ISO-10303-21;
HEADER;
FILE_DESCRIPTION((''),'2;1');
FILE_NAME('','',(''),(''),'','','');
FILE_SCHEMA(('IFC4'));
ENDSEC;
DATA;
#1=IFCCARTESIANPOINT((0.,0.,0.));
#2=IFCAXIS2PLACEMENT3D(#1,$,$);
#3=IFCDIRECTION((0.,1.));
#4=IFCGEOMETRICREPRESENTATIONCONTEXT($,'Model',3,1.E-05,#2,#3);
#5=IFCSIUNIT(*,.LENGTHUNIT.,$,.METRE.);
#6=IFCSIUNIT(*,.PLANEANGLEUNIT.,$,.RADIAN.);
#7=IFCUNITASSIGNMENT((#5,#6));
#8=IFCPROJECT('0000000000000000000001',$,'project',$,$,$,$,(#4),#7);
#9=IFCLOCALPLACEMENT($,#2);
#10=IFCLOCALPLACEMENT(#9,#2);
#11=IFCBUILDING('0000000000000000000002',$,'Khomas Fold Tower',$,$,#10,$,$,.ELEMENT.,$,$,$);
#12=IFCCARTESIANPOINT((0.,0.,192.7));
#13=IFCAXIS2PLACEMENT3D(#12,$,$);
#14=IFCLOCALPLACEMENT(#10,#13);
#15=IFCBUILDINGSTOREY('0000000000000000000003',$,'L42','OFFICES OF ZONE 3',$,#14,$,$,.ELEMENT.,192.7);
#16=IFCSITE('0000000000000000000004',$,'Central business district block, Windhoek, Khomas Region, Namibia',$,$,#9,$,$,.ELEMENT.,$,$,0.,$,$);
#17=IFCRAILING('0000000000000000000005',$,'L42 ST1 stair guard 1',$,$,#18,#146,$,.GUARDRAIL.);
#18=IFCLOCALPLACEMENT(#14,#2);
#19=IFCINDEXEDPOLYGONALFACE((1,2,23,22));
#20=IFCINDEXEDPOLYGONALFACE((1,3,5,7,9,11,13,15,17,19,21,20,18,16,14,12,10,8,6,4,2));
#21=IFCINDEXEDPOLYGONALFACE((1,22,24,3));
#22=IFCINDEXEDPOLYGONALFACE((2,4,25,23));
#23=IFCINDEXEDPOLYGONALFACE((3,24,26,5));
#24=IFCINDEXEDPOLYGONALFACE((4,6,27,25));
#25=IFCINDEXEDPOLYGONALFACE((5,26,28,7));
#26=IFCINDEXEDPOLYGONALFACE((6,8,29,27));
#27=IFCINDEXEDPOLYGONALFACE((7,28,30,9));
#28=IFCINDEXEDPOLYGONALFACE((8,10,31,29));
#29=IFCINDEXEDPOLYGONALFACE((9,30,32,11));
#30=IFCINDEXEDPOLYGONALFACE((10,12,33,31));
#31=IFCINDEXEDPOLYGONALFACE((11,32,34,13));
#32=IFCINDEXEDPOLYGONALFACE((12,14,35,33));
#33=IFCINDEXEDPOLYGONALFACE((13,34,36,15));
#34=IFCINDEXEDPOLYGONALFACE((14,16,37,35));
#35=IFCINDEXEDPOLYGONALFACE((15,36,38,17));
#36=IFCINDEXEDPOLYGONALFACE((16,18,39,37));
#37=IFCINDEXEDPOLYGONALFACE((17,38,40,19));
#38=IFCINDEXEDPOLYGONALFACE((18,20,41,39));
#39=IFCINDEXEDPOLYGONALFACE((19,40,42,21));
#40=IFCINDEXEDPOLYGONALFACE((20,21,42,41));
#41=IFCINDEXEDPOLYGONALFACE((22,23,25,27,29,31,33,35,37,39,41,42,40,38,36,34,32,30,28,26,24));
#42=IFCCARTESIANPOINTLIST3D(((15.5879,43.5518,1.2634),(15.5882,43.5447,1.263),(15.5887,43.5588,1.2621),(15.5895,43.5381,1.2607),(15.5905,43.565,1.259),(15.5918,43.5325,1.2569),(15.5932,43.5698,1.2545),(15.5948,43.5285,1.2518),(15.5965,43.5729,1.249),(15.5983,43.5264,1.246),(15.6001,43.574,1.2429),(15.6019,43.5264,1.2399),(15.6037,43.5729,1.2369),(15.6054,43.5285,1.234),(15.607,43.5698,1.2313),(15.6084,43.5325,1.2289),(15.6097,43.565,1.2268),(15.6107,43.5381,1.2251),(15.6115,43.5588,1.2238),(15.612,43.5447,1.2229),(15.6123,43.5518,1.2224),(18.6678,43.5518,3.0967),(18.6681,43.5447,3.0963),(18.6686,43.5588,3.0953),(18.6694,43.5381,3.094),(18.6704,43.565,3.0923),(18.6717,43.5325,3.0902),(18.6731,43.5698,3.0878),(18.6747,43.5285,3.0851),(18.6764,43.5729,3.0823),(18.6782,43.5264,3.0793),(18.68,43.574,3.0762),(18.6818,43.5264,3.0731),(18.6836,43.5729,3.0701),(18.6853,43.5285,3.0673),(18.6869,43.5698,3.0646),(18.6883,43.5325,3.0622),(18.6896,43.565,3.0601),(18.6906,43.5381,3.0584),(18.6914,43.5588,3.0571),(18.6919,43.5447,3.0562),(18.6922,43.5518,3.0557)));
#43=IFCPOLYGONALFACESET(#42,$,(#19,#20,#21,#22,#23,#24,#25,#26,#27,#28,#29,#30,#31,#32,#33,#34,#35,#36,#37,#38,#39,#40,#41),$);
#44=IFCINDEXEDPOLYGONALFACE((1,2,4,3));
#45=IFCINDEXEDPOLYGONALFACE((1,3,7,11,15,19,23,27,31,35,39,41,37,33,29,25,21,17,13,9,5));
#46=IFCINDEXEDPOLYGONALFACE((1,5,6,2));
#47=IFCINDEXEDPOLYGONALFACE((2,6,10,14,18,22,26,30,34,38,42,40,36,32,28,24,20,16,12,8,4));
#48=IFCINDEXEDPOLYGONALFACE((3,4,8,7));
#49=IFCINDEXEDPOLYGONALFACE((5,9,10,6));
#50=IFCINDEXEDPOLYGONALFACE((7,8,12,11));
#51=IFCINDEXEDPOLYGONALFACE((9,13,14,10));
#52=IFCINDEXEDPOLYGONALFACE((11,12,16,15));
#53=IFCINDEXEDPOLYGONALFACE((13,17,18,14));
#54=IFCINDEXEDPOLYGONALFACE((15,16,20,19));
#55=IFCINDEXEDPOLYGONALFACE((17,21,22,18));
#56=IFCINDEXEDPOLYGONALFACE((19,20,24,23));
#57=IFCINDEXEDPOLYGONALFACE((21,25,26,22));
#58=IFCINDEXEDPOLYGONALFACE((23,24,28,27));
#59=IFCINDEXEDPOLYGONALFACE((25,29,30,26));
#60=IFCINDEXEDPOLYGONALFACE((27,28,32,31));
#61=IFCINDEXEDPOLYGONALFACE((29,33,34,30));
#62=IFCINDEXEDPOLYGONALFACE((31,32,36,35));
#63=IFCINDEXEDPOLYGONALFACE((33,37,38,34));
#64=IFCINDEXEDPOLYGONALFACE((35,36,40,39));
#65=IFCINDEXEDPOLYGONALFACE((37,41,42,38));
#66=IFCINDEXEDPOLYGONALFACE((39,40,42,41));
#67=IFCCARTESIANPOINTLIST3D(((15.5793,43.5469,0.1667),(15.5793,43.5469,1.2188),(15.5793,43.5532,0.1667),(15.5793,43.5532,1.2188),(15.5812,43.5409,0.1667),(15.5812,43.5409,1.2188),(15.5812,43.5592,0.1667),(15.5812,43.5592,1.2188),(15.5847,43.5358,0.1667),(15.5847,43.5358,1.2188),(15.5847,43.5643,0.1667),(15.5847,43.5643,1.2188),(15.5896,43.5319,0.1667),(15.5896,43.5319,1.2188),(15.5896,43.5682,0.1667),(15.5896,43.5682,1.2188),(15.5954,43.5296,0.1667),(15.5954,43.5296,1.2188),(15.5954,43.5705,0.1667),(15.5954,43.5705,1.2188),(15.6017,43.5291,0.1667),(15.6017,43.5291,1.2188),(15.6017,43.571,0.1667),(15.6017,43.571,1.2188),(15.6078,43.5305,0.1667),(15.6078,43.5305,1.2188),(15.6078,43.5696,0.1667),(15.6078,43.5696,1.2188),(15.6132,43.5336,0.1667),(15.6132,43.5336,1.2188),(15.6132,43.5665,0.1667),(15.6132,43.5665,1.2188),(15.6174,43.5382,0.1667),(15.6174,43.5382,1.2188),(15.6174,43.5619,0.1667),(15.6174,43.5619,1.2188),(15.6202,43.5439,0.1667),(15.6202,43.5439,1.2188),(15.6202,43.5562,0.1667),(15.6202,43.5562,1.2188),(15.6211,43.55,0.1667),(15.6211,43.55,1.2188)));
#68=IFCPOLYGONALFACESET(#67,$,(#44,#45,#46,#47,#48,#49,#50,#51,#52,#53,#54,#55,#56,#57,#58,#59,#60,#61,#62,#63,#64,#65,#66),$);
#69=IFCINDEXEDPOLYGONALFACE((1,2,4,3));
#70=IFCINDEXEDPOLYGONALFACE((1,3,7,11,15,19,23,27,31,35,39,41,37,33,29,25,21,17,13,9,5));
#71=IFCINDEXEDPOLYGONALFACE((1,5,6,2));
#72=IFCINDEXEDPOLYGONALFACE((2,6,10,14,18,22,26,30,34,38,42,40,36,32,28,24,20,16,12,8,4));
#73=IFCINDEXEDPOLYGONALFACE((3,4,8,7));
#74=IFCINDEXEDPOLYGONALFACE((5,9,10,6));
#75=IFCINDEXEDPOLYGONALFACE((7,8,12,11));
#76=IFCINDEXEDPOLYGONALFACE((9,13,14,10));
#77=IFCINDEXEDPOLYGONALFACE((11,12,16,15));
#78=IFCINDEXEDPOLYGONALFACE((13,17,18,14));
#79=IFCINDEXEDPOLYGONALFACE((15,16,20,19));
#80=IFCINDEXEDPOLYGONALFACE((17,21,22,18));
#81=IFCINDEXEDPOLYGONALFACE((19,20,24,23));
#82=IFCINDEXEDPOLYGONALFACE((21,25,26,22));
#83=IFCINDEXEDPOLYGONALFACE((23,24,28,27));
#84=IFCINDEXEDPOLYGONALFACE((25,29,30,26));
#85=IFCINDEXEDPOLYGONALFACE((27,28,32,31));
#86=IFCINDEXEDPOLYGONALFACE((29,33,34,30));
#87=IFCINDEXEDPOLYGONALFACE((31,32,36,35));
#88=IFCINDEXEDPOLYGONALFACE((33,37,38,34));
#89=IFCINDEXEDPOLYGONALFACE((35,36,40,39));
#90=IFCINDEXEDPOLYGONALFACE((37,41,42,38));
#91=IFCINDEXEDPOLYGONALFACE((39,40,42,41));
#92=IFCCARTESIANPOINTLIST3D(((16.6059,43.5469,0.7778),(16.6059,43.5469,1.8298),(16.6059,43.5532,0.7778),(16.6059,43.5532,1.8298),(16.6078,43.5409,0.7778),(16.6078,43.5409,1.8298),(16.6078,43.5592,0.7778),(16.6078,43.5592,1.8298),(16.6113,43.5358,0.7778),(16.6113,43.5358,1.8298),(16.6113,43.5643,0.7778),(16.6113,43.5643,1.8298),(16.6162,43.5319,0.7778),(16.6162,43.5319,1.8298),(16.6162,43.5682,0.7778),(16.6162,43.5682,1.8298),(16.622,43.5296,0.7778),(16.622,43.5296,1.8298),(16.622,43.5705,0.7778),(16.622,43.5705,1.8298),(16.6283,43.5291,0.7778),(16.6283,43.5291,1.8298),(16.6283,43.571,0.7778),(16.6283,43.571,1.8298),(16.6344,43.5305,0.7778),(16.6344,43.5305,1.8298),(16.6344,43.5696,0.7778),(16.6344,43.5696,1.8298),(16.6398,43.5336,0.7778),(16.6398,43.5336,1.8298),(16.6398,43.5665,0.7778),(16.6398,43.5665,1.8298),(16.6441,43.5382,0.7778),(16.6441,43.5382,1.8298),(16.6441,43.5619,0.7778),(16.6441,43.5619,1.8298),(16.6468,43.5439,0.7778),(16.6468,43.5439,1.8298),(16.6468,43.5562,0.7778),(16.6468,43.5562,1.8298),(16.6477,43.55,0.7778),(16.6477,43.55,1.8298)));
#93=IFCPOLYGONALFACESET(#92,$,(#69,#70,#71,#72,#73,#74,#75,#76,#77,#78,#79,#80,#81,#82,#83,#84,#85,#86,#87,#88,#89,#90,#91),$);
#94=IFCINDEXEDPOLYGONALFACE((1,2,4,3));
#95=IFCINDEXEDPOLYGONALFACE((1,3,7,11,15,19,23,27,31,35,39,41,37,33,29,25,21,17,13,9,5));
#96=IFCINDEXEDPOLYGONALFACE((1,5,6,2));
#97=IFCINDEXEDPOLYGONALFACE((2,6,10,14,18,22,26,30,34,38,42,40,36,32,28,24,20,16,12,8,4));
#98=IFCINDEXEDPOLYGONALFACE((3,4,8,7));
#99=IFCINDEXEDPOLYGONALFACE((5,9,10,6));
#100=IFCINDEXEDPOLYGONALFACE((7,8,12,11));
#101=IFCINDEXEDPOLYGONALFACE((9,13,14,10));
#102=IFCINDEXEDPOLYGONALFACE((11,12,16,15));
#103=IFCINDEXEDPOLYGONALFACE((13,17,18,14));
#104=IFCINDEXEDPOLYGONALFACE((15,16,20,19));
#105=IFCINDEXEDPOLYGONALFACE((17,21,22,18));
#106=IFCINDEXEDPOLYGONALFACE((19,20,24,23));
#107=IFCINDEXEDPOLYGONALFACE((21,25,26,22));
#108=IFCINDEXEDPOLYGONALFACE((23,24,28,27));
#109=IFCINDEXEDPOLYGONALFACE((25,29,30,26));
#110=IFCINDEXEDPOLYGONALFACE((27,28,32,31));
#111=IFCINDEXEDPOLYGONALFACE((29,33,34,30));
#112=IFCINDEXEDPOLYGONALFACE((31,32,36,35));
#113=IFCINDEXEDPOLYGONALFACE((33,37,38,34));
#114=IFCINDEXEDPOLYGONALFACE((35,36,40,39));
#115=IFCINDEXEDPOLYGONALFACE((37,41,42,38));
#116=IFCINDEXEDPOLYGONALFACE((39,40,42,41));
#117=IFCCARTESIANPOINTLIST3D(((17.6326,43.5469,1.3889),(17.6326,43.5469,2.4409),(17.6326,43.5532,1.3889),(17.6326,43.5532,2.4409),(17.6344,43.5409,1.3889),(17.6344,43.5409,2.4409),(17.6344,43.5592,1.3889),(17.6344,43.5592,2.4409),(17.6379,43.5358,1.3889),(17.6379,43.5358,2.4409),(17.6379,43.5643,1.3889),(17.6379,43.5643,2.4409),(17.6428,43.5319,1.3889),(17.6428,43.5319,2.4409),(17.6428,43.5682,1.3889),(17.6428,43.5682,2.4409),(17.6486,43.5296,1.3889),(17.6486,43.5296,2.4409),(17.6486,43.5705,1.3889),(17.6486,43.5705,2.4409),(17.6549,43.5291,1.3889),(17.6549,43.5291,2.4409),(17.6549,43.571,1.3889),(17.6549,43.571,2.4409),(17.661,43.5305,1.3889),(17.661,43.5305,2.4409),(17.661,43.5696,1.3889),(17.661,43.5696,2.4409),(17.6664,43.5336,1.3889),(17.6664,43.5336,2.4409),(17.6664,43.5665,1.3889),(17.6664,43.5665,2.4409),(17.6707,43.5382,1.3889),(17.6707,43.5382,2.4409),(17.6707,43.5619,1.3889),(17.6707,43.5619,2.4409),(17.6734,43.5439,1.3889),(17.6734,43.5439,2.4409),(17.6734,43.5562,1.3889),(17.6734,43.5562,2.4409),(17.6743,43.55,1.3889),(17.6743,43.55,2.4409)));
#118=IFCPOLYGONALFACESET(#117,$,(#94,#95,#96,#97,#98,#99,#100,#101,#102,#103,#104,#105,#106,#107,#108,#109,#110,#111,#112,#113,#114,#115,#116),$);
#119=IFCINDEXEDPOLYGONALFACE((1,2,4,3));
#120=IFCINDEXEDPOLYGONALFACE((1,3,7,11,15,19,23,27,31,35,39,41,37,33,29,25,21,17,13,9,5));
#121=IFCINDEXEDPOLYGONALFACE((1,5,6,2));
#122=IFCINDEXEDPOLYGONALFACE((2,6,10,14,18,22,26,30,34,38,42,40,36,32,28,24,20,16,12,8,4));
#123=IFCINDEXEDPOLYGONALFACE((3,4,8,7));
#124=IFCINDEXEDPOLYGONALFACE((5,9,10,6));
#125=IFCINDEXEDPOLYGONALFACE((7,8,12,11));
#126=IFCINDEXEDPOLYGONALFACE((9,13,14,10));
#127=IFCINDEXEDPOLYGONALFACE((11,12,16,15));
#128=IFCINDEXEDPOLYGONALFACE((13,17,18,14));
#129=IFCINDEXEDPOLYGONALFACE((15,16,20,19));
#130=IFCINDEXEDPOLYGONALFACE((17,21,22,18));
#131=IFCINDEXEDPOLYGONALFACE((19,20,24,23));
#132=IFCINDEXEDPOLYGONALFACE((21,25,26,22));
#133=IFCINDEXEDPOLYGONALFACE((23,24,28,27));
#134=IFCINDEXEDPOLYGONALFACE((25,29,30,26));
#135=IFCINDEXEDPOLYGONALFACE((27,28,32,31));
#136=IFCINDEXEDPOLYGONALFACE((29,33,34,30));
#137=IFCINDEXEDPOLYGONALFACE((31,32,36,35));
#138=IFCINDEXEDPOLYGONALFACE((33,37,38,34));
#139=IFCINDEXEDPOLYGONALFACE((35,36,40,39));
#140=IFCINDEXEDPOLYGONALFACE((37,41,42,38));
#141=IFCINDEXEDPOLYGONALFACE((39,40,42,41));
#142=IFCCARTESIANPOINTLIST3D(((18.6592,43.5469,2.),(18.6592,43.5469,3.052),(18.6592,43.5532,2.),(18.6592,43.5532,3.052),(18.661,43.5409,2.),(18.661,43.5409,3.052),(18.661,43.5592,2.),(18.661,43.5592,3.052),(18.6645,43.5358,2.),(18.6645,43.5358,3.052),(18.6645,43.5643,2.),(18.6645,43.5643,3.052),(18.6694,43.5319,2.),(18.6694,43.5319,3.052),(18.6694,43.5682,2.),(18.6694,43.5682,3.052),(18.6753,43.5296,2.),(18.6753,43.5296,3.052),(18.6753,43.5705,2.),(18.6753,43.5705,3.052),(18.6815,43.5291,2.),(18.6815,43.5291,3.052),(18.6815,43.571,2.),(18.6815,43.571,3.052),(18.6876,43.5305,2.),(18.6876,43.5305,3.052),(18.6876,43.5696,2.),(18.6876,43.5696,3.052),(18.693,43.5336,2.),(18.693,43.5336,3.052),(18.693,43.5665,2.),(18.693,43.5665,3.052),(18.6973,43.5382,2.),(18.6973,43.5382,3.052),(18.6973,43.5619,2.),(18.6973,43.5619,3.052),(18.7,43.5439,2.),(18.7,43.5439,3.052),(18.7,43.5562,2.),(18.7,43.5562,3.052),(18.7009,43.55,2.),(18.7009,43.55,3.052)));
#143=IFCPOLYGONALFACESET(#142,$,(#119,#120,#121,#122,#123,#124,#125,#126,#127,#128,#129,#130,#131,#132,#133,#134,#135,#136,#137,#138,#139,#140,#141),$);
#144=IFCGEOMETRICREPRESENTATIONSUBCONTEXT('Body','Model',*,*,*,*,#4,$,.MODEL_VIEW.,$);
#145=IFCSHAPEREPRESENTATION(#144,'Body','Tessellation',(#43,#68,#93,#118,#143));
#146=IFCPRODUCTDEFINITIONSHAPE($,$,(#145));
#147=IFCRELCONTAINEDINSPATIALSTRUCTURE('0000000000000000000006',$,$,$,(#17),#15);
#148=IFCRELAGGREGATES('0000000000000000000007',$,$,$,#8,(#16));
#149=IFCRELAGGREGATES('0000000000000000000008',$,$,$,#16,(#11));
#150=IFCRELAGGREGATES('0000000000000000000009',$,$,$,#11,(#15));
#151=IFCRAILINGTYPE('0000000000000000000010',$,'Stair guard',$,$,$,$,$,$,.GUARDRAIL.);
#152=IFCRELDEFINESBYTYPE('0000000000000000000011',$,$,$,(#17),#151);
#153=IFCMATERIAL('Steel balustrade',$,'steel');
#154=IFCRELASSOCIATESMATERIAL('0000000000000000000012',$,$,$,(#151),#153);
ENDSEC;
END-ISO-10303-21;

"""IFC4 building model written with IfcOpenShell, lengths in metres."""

from ifc_helpers import new_model, si_unit, direction, frame, origin, origin_2d, place, context, subcontext, project, spatial, circle, extrude, source, transform, mapped, material, type_object, element, save


model = new_model("IFC4")

# Units and contexts
model_context = context("Model", 3, precision=1e-05, world=origin(), true_north=direction((0.0, 1.0)))
body_context = subcontext(model_context, "Body", "Model", "MODEL_VIEW")
ifc_project = project(units=[si_unit("LENGTHUNIT", "METRE"), si_unit("PLANEANGLEUNIT", "RADIAN")], contexts=[model_context])

# Site, building, storey
site_placement = place(None, origin())
site = spatial("IfcSite", under=ifc_project, at=site_placement, Name="Central business district block, Windhoek, Khomas Region, Namibia", CompositionType="ELEMENT", RefElevation=0.0)
building_placement = place(site_placement, origin())
building = spatial("IfcBuilding", under=site, at=building_placement, Name="Khomas Fold Tower", CompositionType="ELEMENT")
storey_placement = place(building_placement, frame((0.0, 0.0, 192.7)))
storey = spatial("IfcBuildingStorey", under=building, at=storey_placement, Name="L42", Description="OFFICES OF ZONE 3", CompositionType="ELEMENT", Elevation=192.7)

# Railing
ifc_material_1 = material(Name="Steel balustrade", Category="steel")
railing_type_1 = type_object("IfcRailingType", Name="Stair guard", PredefinedType="GUARDRAIL", material=ifc_material_1)
shared_shape_1 = source(origin(), body_context, "Body", "SweptSolid", [
    extrude(circle(Radius=0.0239, at=origin_2d()), frame((0.0, 0.0, 1.0762), z_axis=(0.859291, 0.0, 0.511487), x_axis=(0.0, 1.0, 0.0)), (0.0, 0.0, 1.0), 3.5842),
    extrude(circle(Radius=0.021, at=origin_2d()), origin(), (0.0, 0.0, 1.0), 1.052),
    extrude(circle(Radius=0.021, at=origin_2d()), frame((1.0266, 0.0, 0.6111)), (0.0, 0.0, 1.0), 1.052),
    extrude(circle(Radius=0.021, at=origin_2d()), frame((2.0532, 0.0, 1.2222)), (0.0, 0.0, 1.0), 1.052),
    extrude(circle(Radius=0.021, at=origin_2d()), frame((3.0798, 0.0, 1.8333)), (0.0, 0.0, 1.0), 1.052),
])
railing_1_placement = place(storey_placement, frame((15.6001, 43.55, 0.1667)))
element("IfcRailing", 1, at=railing_1_placement, inside=storey, type_object=railing_type_1, Name="L42 ST1 stair guard 1", PredefinedType="GUARDRAIL", context=body_context, shape_type="MappedRepresentation", body=[
    mapped(shared_shape_1, transform((0.0, 0.0, 0.0))),
])

save(model, "model.ifc")
